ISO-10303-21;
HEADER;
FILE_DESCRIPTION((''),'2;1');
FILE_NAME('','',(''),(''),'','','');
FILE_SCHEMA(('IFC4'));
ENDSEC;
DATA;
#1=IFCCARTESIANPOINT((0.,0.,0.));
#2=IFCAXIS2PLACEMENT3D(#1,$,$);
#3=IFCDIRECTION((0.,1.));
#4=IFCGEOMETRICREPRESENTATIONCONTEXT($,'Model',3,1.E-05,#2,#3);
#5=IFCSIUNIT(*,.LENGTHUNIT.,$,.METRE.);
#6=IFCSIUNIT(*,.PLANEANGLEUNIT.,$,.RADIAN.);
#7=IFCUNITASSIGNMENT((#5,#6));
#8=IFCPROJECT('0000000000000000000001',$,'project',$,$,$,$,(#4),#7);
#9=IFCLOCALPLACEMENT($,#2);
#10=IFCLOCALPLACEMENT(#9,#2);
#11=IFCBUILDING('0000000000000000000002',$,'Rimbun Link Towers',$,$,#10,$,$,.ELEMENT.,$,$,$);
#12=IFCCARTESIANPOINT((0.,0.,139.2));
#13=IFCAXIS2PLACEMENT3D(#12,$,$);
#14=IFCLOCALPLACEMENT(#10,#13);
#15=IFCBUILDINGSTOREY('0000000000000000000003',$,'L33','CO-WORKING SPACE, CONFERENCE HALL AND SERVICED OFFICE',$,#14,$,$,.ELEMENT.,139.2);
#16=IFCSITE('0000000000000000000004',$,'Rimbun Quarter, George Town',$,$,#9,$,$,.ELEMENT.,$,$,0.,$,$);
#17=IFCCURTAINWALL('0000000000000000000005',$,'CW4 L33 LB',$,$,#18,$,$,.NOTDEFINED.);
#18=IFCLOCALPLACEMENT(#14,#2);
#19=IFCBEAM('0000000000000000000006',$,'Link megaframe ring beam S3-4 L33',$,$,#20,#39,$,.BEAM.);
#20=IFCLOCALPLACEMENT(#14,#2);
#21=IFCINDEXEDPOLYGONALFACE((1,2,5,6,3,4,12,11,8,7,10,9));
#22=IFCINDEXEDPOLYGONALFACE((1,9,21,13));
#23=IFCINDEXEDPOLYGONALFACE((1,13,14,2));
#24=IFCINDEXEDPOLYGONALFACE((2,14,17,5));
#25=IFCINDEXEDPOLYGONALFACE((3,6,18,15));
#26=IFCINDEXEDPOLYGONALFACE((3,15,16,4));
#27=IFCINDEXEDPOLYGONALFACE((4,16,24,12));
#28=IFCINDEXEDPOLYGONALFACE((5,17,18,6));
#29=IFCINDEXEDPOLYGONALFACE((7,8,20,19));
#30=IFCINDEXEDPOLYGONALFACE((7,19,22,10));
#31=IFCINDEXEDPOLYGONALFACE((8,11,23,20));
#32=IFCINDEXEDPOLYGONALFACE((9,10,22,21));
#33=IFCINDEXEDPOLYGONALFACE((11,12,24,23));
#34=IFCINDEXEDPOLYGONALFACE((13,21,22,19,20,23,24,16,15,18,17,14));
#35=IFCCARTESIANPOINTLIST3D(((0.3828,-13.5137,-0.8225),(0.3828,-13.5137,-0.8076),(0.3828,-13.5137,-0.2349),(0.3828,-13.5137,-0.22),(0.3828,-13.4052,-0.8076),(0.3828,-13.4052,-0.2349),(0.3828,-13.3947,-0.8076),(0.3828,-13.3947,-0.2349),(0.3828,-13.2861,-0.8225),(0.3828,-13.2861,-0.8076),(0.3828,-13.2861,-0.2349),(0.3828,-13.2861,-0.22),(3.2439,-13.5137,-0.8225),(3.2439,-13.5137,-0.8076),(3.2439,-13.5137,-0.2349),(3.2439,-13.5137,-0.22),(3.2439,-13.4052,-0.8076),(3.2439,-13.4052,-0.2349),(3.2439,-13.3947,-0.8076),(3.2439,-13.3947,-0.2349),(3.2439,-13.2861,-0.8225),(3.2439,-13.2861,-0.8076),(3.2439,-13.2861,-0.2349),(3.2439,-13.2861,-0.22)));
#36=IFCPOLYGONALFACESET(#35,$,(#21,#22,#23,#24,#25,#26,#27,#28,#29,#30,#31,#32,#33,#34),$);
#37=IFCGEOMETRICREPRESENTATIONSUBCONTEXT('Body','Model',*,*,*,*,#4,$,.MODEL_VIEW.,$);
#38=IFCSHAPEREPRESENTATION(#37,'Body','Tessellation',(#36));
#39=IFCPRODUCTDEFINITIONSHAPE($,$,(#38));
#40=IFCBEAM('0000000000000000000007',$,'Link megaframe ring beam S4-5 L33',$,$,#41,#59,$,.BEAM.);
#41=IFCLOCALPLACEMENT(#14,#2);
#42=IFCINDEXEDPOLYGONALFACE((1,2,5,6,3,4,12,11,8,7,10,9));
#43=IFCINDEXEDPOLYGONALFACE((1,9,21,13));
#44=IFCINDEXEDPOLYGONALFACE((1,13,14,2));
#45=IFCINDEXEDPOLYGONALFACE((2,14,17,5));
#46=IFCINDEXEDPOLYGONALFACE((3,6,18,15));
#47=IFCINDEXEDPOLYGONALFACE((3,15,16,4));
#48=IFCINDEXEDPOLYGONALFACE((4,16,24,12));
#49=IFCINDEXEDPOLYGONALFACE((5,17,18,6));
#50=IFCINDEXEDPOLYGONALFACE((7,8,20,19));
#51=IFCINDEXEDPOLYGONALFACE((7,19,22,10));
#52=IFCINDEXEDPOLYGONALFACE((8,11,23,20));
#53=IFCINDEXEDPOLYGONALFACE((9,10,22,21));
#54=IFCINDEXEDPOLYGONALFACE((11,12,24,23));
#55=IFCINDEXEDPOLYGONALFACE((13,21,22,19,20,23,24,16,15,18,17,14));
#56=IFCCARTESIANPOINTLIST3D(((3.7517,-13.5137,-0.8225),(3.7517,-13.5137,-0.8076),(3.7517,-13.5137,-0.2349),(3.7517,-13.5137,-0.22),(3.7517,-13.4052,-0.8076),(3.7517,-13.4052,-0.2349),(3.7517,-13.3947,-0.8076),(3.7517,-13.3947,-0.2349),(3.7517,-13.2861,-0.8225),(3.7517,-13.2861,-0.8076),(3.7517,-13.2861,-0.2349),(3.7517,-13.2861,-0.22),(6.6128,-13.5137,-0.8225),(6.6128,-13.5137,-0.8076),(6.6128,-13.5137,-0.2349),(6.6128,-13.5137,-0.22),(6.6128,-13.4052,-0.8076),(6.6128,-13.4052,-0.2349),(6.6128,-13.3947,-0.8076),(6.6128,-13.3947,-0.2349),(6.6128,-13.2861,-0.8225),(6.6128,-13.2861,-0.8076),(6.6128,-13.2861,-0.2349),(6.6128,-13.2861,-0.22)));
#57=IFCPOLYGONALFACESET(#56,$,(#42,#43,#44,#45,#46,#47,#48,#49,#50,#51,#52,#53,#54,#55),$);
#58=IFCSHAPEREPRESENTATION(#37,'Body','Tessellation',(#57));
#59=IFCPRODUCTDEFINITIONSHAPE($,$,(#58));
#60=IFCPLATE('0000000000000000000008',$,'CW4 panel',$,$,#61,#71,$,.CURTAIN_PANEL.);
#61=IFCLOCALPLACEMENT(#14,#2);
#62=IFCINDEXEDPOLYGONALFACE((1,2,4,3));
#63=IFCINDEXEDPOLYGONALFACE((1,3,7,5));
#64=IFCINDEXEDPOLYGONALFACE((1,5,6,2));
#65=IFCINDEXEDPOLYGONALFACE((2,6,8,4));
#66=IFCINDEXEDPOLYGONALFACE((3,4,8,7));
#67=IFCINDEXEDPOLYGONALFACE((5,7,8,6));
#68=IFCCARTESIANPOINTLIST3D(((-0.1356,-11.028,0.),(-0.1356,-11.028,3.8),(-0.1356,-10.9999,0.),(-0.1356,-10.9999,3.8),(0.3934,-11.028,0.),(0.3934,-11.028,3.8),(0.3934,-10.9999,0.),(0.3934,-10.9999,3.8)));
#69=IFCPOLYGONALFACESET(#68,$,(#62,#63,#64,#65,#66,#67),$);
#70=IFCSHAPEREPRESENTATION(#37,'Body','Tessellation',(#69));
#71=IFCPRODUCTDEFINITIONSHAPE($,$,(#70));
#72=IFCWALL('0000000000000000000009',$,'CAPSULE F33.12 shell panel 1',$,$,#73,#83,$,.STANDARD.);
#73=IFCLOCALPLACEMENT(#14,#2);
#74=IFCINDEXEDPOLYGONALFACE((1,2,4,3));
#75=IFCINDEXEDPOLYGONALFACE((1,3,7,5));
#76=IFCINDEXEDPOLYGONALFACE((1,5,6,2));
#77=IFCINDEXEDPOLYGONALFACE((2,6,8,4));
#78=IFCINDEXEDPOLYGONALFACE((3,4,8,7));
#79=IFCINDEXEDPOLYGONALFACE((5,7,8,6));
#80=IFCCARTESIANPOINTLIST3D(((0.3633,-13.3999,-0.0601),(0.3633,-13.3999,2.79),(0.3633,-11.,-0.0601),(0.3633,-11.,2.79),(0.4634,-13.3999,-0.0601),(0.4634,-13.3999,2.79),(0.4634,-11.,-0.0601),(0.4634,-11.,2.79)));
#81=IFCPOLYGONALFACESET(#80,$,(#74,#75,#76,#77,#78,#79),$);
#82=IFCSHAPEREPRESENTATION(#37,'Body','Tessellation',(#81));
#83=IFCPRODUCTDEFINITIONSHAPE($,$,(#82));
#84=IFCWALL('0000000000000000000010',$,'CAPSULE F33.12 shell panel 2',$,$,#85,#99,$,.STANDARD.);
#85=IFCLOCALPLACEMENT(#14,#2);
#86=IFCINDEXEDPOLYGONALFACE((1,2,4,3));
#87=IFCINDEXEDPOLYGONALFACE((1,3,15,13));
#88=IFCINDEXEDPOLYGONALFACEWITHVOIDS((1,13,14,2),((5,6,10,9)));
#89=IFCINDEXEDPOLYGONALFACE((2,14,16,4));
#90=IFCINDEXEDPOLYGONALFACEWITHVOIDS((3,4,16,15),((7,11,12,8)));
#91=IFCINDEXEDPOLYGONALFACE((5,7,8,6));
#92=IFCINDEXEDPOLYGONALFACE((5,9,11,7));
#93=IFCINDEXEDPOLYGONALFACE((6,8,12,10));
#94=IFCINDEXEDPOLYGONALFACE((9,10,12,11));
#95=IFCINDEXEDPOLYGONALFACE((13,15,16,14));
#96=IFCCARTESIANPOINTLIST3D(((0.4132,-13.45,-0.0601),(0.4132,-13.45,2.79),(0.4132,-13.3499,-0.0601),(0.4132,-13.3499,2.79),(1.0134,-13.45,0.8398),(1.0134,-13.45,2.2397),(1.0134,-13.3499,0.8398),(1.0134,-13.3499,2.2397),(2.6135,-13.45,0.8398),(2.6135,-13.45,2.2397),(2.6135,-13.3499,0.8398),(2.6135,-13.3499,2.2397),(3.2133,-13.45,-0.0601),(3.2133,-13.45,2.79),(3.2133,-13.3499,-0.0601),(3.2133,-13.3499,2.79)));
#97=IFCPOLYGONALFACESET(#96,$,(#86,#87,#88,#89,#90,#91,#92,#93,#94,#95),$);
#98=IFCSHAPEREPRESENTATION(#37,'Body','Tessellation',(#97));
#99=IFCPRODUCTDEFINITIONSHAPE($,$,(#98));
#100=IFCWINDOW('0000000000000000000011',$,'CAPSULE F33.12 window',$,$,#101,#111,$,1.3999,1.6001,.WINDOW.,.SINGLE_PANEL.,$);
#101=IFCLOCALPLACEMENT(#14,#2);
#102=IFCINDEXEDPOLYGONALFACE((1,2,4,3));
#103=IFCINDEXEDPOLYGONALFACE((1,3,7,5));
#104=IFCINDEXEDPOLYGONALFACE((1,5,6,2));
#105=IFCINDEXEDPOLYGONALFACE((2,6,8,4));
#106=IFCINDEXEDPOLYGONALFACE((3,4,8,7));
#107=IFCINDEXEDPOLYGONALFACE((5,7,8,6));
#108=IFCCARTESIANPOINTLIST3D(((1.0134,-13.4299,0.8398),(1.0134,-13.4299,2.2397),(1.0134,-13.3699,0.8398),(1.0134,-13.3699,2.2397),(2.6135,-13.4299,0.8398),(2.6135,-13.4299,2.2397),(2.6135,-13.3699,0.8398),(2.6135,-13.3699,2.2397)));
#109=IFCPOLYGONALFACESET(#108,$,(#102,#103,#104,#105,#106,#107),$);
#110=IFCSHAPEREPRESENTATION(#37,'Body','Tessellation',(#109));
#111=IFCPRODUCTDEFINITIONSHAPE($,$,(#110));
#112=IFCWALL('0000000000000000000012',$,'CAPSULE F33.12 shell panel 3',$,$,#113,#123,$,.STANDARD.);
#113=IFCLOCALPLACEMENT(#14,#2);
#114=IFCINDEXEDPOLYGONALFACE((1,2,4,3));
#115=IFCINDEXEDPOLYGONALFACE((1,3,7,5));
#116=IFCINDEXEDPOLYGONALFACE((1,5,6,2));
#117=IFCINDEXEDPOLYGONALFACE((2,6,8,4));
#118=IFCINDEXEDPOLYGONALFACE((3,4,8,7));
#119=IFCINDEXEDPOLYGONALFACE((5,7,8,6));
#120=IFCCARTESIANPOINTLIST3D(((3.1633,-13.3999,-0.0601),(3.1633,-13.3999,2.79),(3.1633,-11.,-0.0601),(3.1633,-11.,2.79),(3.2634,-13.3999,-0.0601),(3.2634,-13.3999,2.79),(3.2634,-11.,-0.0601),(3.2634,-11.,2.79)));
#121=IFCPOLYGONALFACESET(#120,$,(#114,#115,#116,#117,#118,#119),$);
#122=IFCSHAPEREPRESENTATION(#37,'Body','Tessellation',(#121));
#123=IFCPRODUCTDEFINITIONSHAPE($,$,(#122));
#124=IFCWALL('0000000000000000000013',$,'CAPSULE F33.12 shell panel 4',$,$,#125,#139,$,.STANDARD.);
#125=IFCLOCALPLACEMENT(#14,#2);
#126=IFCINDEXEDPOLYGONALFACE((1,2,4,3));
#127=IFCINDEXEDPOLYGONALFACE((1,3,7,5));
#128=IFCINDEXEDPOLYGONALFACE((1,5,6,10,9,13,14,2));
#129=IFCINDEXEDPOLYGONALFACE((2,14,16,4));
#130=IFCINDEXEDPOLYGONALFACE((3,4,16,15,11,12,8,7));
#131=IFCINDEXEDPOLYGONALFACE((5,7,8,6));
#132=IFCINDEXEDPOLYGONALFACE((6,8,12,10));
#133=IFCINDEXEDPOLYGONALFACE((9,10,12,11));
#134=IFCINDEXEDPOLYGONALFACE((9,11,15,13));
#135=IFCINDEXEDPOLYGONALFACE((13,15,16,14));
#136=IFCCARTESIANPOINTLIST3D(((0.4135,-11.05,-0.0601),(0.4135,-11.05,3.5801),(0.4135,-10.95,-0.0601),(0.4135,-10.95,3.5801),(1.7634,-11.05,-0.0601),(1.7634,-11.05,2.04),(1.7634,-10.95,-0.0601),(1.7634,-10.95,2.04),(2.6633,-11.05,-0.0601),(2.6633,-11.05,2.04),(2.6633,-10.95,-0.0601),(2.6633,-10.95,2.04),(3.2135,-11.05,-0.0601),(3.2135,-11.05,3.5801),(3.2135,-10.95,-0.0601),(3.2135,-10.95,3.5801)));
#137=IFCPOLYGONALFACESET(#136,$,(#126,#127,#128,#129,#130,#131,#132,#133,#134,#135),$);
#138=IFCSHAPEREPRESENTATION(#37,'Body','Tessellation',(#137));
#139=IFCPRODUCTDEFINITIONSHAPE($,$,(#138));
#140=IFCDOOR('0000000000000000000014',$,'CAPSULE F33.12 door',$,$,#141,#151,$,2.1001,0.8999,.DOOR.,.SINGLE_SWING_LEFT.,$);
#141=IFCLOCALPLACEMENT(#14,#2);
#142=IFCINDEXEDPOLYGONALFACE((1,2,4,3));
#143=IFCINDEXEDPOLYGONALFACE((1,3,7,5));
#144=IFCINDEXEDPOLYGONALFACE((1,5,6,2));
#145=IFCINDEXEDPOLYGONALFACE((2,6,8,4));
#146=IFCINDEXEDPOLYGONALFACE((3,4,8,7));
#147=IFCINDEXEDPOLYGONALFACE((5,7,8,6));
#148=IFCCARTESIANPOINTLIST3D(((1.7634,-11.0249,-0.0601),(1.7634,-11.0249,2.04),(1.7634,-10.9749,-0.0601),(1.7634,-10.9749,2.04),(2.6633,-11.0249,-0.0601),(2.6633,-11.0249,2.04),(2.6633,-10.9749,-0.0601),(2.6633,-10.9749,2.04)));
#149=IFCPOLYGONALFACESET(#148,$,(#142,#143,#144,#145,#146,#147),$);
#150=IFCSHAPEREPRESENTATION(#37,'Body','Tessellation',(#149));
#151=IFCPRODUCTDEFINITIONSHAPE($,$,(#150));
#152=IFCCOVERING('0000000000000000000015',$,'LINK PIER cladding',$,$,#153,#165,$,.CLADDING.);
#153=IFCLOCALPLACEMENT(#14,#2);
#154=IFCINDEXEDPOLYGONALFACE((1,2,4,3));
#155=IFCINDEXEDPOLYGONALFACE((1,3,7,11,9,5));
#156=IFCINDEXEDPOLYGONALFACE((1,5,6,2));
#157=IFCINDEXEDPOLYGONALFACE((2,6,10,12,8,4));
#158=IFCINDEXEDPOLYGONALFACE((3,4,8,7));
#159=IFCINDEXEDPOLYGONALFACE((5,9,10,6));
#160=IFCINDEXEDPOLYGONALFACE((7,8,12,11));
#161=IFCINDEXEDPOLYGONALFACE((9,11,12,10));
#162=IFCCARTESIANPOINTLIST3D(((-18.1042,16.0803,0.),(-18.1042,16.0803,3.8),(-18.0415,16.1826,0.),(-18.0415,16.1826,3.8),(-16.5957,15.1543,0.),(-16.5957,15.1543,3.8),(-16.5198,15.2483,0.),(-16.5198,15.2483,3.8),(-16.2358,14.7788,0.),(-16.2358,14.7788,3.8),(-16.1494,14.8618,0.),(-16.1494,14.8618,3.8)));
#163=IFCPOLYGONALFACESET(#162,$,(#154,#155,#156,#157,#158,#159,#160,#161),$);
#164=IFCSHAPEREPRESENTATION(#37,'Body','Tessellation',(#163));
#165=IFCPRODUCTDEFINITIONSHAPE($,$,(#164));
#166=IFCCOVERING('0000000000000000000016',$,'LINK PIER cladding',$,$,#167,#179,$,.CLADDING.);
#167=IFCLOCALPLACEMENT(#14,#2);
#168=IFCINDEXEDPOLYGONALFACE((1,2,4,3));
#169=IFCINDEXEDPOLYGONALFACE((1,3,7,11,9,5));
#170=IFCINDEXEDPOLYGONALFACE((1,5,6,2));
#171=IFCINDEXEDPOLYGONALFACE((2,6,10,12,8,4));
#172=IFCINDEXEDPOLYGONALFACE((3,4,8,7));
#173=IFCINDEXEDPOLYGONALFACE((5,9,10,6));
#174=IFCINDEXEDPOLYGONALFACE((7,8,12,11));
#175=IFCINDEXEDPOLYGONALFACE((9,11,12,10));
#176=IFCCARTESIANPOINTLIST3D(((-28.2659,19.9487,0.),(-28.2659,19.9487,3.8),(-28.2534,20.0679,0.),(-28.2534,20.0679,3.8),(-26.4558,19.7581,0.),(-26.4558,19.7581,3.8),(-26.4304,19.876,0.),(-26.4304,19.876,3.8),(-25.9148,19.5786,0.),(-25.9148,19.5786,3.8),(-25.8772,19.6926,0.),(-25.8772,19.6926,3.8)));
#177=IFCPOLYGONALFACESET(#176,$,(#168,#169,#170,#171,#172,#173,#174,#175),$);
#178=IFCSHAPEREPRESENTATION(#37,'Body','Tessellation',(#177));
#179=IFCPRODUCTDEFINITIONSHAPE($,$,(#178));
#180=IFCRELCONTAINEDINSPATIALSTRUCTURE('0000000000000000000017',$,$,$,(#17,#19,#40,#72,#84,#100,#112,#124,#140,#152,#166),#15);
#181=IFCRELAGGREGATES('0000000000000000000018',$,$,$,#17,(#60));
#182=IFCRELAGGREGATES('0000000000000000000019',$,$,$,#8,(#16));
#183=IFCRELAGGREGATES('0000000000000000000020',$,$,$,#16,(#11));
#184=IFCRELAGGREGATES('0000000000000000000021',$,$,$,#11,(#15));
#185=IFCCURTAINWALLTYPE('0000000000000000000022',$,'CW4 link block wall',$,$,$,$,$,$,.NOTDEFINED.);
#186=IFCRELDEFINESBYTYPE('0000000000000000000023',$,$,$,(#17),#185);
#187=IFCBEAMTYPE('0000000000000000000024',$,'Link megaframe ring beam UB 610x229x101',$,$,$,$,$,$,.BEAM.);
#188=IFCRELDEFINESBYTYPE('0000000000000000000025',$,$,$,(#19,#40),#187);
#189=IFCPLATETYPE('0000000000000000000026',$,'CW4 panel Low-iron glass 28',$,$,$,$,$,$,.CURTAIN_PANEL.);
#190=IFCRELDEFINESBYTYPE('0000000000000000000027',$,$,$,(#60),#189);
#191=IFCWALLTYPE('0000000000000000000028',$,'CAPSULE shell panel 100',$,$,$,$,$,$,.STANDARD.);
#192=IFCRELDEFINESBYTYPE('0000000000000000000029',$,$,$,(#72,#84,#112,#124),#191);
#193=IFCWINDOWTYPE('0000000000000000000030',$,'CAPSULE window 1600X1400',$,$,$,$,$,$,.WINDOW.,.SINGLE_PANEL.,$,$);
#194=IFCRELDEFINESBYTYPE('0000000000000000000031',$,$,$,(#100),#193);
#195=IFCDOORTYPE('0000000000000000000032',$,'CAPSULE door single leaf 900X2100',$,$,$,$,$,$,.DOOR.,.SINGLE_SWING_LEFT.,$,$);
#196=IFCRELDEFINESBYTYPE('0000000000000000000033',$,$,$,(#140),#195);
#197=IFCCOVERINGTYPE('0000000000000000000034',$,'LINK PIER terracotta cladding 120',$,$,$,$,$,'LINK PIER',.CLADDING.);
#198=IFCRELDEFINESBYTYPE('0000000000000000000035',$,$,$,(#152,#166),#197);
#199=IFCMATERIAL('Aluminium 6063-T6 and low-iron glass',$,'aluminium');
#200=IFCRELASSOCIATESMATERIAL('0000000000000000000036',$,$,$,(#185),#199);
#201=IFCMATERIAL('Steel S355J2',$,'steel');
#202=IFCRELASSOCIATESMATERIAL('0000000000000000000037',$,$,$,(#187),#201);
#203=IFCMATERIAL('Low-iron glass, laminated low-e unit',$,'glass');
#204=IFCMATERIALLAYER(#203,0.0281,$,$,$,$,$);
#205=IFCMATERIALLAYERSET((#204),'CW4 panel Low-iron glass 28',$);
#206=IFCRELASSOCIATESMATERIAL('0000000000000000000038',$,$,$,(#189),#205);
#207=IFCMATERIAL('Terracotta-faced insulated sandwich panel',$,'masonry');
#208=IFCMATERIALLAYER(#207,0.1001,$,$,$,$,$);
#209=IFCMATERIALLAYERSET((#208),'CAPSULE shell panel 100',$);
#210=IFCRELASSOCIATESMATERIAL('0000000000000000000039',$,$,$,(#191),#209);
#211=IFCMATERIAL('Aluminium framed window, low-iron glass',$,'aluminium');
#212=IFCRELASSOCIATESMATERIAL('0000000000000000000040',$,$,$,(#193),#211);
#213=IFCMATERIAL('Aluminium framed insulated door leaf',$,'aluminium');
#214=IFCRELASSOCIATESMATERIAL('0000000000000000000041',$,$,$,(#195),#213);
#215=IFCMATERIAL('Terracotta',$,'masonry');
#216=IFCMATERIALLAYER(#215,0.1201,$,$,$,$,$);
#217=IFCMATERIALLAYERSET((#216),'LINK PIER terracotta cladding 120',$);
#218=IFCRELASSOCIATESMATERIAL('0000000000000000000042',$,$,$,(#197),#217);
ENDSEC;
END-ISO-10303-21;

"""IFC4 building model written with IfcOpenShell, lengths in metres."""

from ifc_helpers import new_model, si_unit, direction, frame, frame_2d, origin, origin_2d, place, context, subcontext, project, spatial, polyline, rectangle, i_section, outline, extrude, material, layer, layer_set, material_profile, profile_set, type_object, element, fill, aggregate, save


model = new_model("IFC4")

# Units and contexts
model_context = context("Model", 3, precision=1e-05, world=origin(), true_north=direction((0.0, 1.0)))
body_context = subcontext(model_context, "Body", "Model", "MODEL_VIEW")
ifc_project = project(units=[si_unit("LENGTHUNIT", "METRE"), si_unit("PLANEANGLEUNIT", "RADIAN")], contexts=[model_context])

# Site, building, storey
site_placement = place(None, origin())
site = spatial("IfcSite", under=ifc_project, at=site_placement, Name="Rimbun Quarter, George Town", CompositionType="ELEMENT", RefElevation=0.0)
building_placement = place(site_placement, origin())
building = spatial("IfcBuilding", under=site, at=building_placement, Name="Rimbun Link Towers", CompositionType="ELEMENT")
storey_placement = place(building_placement, frame((0.0, 0.0, 139.2)))
storey = spatial("IfcBuildingStorey", under=building, at=storey_placement, Name="L33", Description="CO-WORKING SPACE, CONFERENCE HALL AND SERVICED OFFICE", CompositionType="ELEMENT", Elevation=139.2)

# Curtain wall
ifc_material_1 = material(Name="Aluminium 6063-T6 and low-iron glass", Category="aluminium")
curtain_wall_type = type_object("IfcCurtainWallType", Name="CW4 link block wall", PredefinedType="NOTDEFINED", material=ifc_material_1)
curtain_wall_placement = place(storey_placement, origin())
curtain_wall = element("IfcCurtainWall", 1, at=curtain_wall_placement, inside=storey, type_object=curtain_wall_type, Name="CW4 L33 LB", PredefinedType="NOTDEFINED")

# Beams
ifc_material_2 = material(Name="Steel S355J2", Category="steel")
ifc_material_profile_1 = material_profile(ifc_material_2, i_section(OverallWidth=0.2275, OverallDepth=0.6025, WebThickness=0.0105, FlangeThickness=0.0149, at=origin_2d()), Name="UB 610x229x101")
ifc_profile_set_1 = profile_set([ifc_material_profile_1], Name="Steel S355J2")
beam_type_1 = type_object("IfcBeamType", Name="Link megaframe ring beam UB 610x229x101", PredefinedType="BEAM", material=ifc_profile_set_1)
for number, where, z_axis, x_axis, name in (
    (2, (0.3828, -13.3999, -0.5212), (1.0, 0.0, 0.0), (0.0, 1.0, 0.0), "Link megaframe ring beam S3-4 L33"),
    (3, (3.7517, -13.3999, -0.5212), (1.0, 0.0, 0.0), (0.0, 1.0, 0.0), "Link megaframe ring beam S4-5 L33"),
):
    element("IfcBeam", number, at=place(storey_placement, frame(where, z_axis=z_axis, x_axis=x_axis)), inside=storey, type_object=beam_type_1, Name=name, PredefinedType="BEAM", context=body_context, shape_type="SweptSolid", body=[
        extrude(i_section(OverallWidth=0.2275, OverallDepth=0.6025, WebThickness=0.0105, FlangeThickness=0.0149, at=origin_2d()), origin(), (0.0, 0.0, 1.0), 2.8611),
    ])

# Plate
ifc_material_3 = material(Name="Low-iron glass, laminated low-e unit", Category="glass")
ifc_layer_1 = layer(ifc_material_3, 0.0281)
ifc_layer_set_1 = layer_set([ifc_layer_1], Name="CW4 panel Low-iron glass 28")
plate_type = type_object("IfcPlateType", Name="CW4 panel Low-iron glass 28", PredefinedType="CURTAIN_PANEL", material=ifc_layer_set_1)
plate_placement = place(storey_placement, frame((0.1289, -11.0139, 0.0), z_axis=(0.0, 0.0, 1.0), x_axis=(-1.0, 0.0, 0.0)))
plate = element("IfcPlate", 4, at=plate_placement, type_object=plate_type, Name="CW4 panel", PredefinedType="CURTAIN_PANEL", context=body_context, shape_type="SweptSolid", body=[
    extrude(rectangle(XDim=0.5291, YDim=0.0281, at=origin_2d()), origin(), (0.0, 0.0, 1.0), 3.8),
])
aggregate(curtain_wall, [plate])

# Wall
ifc_material_4 = material(Name="Terracotta-faced insulated sandwich panel", Category="masonry")
ifc_layer_2 = layer(ifc_material_4, 0.1001)
ifc_layer_set_2 = layer_set([ifc_layer_2], Name="CAPSULE shell panel 100")
wall_type = type_object("IfcWallType", Name="CAPSULE shell panel 100", PredefinedType="STANDARD", material=ifc_layer_set_2)
wall_1_placement = place(storey_placement, frame((0.4133, -11.0, -0.0601), z_axis=(0.0, 0.0, 1.0), x_axis=(0.0, -1.0, 0.0)))
element("IfcWall", 5, at=wall_1_placement, inside=storey, type_object=wall_type, Name="CAPSULE F33.12 shell panel 1", PredefinedType="STANDARD", context=body_context, shape_type="SweptSolid", body=[
    extrude(rectangle(XDim=2.3999, YDim=0.1001, at=frame_2d((1.2, 0.0))), origin(), (0.0, 0.0, 1.0), 2.8501),
])

# Wall, opening, window
wall_2_placement = place(storey_placement, frame((0.4133, -13.3999, -0.0601), z_axis=(0.0, 0.0, 1.0), x_axis=(1.0, 0.0, 0.0)))
wall_2 = element("IfcWall", 6, at=wall_2_placement, inside=storey, type_object=wall_type, Name="CAPSULE F33.12 shell panel 2", PredefinedType="STANDARD", context=body_context, shape_type="SweptSolid", body=[
    extrude(rectangle(XDim=2.8, YDim=0.1001, at=frame_2d((1.3999, 0.0))), origin(), (0.0, 0.0, 1.0), 2.8501),
])
opening_1_placement = place(wall_2_placement, frame((0.6001, 0.0, 0.8999)))
opening_1 = element("IfcOpeningElement", 7, at=opening_1_placement, cuts=wall_2, PredefinedType="OPENING", context=body_context, shape_type="SweptSolid", body=[
    extrude(rectangle(XDim=1.6001, YDim=1.3999, at=frame_2d((0.8, 0.7))), frame((0.0, 0.0601, 0.0), z_axis=(0.0, -1.0, 0.0), x_axis=(1.0, 0.0, 0.0)), (0.0, 0.0, 1.0), 0.1201),
])
ifc_material_5 = material(Name="Aluminium framed window, low-iron glass", Category="aluminium")
window_type = type_object("IfcWindowType", Name="CAPSULE window 1600X1400", PartitioningType="SINGLE_PANEL", PredefinedType="WINDOW", material=ifc_material_5)
window_placement = place(opening_1_placement, origin())
window = element("IfcWindow", 8, at=window_placement, inside=storey, type_object=window_type, Name="CAPSULE F33.12 window", OverallHeight=1.3999, OverallWidth=1.6001, PartitioningType="SINGLE_PANEL", PredefinedType="WINDOW", context=body_context, shape_type="SweptSolid", body=[
    extrude(rectangle(XDim=1.6001, YDim=1.3999, at=frame_2d((0.8, 0.7))), frame((0.0, 0.03, 0.0), z_axis=(0.0, -1.0, 0.0), x_axis=(1.0, 0.0, 0.0)), (0.0, 0.0, 1.0), 0.0601),
])
fill(opening_1, window)

# Wall
wall_3_placement = place(storey_placement, frame((3.2134, -13.3999, -0.0601), z_axis=(0.0, 0.0, 1.0), x_axis=(0.0, 1.0, 0.0)))
element("IfcWall", 9, at=wall_3_placement, inside=storey, type_object=wall_type, Name="CAPSULE F33.12 shell panel 3", PredefinedType="STANDARD", context=body_context, shape_type="SweptSolid", body=[
    extrude(rectangle(XDim=2.3999, YDim=0.1001, at=frame_2d((1.2, 0.0))), origin(), (0.0, 0.0, 1.0), 2.8501),
])

# Wall, opening, door
wall_4_placement = place(storey_placement, frame((3.2134, -11.0, -0.0601), z_axis=(0.0, 0.0, 1.0), x_axis=(-1.0, 0.0, 0.0)))
wall_4 = element("IfcWall", 10, at=wall_4_placement, inside=storey, type_object=wall_type, Name="CAPSULE F33.12 shell panel 4", PredefinedType="STANDARD", context=body_context, shape_type="SweptSolid", body=[
    extrude(rectangle(XDim=2.8, YDim=0.1001, at=frame_2d((1.3999, 0.0))), origin(), (0.0, 0.0, 1.0), 3.6401),
])
opening_2_placement = place(wall_4_placement, frame((0.55, 0.0, 0.0)))
opening_2 = element("IfcOpeningElement", 11, at=opening_2_placement, cuts=wall_4, PredefinedType="OPENING", context=body_context, shape_type="SweptSolid", body=[
    extrude(rectangle(XDim=0.8999, YDim=2.1001, at=frame_2d((0.45, 1.05))), frame((0.0, 0.0601, 0.0), z_axis=(0.0, -1.0, 0.0), x_axis=(1.0, 0.0, 0.0)), (0.0, 0.0, 1.0), 0.1201),
])
ifc_material_6 = material(Name="Aluminium framed insulated door leaf", Category="aluminium")
door_type = type_object("IfcDoorType", Name="CAPSULE door single leaf 900X2100", OperationType="SINGLE_SWING_LEFT", PredefinedType="DOOR", material=ifc_material_6)
door_placement = place(opening_2_placement, origin())
door = element("IfcDoor", 12, at=door_placement, inside=storey, type_object=door_type, Name="CAPSULE F33.12 door", OperationType="SINGLE_SWING_LEFT", OverallHeight=2.1001, OverallWidth=0.8999, PredefinedType="DOOR", context=body_context, shape_type="SweptSolid", body=[
    extrude(rectangle(XDim=0.8999, YDim=2.1001, at=frame_2d((0.45, 1.05))), frame((0.0, 0.0249, 0.0), z_axis=(0.0, -1.0, 0.0), x_axis=(1.0, 0.0, 0.0)), (0.0, 0.0, 1.0), 0.05),
])
fill(opening_2, door)

# Coverings
ifc_material_7 = material(Name="Terracotta", Category="masonry")
ifc_layer_3 = layer(ifc_material_7, 0.1201)
ifc_layer_set_3 = layer_set([ifc_layer_3], Name="LINK PIER terracotta cladding 120")
covering_type = type_object("IfcCoveringType", Name="LINK PIER terracotta cladding 120", ElementType="LINK PIER", PredefinedType="CLADDING", material=ifc_layer_set_3)
covering_1_placement = place(storey_placement, origin())
element("IfcCovering", 13, at=covering_1_placement, inside=storey, type_object=covering_type, Name="LINK PIER cladding", PredefinedType="CLADDING", context=body_context, shape_type="SweptSolid", body=[
    extrude(outline(polyline([(-18.1042, 16.0803), (-16.5957, 15.1543), (-16.2358, 14.7788), (-16.1494, 14.8618), (-16.5198, 15.2483), (-18.0415, 16.1826), (-18.1042, 16.0803)])), origin(), (0.0, 0.0, 1.0), 3.8),
])
covering_2_placement = place(storey_placement, origin())
element("IfcCovering", 14, at=covering_2_placement, inside=storey, type_object=covering_type, Name="LINK PIER cladding", PredefinedType="CLADDING", context=body_context, shape_type="SweptSolid", body=[
    extrude(outline(polyline([(-28.2659, 19.9487), (-26.4558, 19.7581), (-25.9148, 19.5786), (-25.8772, 19.6926), (-26.4304, 19.876), (-28.2534, 20.0679), (-28.2659, 19.9487)])), origin(), (0.0, 0.0, 1.0), 3.8),
])

save(model, "model.ifc")
